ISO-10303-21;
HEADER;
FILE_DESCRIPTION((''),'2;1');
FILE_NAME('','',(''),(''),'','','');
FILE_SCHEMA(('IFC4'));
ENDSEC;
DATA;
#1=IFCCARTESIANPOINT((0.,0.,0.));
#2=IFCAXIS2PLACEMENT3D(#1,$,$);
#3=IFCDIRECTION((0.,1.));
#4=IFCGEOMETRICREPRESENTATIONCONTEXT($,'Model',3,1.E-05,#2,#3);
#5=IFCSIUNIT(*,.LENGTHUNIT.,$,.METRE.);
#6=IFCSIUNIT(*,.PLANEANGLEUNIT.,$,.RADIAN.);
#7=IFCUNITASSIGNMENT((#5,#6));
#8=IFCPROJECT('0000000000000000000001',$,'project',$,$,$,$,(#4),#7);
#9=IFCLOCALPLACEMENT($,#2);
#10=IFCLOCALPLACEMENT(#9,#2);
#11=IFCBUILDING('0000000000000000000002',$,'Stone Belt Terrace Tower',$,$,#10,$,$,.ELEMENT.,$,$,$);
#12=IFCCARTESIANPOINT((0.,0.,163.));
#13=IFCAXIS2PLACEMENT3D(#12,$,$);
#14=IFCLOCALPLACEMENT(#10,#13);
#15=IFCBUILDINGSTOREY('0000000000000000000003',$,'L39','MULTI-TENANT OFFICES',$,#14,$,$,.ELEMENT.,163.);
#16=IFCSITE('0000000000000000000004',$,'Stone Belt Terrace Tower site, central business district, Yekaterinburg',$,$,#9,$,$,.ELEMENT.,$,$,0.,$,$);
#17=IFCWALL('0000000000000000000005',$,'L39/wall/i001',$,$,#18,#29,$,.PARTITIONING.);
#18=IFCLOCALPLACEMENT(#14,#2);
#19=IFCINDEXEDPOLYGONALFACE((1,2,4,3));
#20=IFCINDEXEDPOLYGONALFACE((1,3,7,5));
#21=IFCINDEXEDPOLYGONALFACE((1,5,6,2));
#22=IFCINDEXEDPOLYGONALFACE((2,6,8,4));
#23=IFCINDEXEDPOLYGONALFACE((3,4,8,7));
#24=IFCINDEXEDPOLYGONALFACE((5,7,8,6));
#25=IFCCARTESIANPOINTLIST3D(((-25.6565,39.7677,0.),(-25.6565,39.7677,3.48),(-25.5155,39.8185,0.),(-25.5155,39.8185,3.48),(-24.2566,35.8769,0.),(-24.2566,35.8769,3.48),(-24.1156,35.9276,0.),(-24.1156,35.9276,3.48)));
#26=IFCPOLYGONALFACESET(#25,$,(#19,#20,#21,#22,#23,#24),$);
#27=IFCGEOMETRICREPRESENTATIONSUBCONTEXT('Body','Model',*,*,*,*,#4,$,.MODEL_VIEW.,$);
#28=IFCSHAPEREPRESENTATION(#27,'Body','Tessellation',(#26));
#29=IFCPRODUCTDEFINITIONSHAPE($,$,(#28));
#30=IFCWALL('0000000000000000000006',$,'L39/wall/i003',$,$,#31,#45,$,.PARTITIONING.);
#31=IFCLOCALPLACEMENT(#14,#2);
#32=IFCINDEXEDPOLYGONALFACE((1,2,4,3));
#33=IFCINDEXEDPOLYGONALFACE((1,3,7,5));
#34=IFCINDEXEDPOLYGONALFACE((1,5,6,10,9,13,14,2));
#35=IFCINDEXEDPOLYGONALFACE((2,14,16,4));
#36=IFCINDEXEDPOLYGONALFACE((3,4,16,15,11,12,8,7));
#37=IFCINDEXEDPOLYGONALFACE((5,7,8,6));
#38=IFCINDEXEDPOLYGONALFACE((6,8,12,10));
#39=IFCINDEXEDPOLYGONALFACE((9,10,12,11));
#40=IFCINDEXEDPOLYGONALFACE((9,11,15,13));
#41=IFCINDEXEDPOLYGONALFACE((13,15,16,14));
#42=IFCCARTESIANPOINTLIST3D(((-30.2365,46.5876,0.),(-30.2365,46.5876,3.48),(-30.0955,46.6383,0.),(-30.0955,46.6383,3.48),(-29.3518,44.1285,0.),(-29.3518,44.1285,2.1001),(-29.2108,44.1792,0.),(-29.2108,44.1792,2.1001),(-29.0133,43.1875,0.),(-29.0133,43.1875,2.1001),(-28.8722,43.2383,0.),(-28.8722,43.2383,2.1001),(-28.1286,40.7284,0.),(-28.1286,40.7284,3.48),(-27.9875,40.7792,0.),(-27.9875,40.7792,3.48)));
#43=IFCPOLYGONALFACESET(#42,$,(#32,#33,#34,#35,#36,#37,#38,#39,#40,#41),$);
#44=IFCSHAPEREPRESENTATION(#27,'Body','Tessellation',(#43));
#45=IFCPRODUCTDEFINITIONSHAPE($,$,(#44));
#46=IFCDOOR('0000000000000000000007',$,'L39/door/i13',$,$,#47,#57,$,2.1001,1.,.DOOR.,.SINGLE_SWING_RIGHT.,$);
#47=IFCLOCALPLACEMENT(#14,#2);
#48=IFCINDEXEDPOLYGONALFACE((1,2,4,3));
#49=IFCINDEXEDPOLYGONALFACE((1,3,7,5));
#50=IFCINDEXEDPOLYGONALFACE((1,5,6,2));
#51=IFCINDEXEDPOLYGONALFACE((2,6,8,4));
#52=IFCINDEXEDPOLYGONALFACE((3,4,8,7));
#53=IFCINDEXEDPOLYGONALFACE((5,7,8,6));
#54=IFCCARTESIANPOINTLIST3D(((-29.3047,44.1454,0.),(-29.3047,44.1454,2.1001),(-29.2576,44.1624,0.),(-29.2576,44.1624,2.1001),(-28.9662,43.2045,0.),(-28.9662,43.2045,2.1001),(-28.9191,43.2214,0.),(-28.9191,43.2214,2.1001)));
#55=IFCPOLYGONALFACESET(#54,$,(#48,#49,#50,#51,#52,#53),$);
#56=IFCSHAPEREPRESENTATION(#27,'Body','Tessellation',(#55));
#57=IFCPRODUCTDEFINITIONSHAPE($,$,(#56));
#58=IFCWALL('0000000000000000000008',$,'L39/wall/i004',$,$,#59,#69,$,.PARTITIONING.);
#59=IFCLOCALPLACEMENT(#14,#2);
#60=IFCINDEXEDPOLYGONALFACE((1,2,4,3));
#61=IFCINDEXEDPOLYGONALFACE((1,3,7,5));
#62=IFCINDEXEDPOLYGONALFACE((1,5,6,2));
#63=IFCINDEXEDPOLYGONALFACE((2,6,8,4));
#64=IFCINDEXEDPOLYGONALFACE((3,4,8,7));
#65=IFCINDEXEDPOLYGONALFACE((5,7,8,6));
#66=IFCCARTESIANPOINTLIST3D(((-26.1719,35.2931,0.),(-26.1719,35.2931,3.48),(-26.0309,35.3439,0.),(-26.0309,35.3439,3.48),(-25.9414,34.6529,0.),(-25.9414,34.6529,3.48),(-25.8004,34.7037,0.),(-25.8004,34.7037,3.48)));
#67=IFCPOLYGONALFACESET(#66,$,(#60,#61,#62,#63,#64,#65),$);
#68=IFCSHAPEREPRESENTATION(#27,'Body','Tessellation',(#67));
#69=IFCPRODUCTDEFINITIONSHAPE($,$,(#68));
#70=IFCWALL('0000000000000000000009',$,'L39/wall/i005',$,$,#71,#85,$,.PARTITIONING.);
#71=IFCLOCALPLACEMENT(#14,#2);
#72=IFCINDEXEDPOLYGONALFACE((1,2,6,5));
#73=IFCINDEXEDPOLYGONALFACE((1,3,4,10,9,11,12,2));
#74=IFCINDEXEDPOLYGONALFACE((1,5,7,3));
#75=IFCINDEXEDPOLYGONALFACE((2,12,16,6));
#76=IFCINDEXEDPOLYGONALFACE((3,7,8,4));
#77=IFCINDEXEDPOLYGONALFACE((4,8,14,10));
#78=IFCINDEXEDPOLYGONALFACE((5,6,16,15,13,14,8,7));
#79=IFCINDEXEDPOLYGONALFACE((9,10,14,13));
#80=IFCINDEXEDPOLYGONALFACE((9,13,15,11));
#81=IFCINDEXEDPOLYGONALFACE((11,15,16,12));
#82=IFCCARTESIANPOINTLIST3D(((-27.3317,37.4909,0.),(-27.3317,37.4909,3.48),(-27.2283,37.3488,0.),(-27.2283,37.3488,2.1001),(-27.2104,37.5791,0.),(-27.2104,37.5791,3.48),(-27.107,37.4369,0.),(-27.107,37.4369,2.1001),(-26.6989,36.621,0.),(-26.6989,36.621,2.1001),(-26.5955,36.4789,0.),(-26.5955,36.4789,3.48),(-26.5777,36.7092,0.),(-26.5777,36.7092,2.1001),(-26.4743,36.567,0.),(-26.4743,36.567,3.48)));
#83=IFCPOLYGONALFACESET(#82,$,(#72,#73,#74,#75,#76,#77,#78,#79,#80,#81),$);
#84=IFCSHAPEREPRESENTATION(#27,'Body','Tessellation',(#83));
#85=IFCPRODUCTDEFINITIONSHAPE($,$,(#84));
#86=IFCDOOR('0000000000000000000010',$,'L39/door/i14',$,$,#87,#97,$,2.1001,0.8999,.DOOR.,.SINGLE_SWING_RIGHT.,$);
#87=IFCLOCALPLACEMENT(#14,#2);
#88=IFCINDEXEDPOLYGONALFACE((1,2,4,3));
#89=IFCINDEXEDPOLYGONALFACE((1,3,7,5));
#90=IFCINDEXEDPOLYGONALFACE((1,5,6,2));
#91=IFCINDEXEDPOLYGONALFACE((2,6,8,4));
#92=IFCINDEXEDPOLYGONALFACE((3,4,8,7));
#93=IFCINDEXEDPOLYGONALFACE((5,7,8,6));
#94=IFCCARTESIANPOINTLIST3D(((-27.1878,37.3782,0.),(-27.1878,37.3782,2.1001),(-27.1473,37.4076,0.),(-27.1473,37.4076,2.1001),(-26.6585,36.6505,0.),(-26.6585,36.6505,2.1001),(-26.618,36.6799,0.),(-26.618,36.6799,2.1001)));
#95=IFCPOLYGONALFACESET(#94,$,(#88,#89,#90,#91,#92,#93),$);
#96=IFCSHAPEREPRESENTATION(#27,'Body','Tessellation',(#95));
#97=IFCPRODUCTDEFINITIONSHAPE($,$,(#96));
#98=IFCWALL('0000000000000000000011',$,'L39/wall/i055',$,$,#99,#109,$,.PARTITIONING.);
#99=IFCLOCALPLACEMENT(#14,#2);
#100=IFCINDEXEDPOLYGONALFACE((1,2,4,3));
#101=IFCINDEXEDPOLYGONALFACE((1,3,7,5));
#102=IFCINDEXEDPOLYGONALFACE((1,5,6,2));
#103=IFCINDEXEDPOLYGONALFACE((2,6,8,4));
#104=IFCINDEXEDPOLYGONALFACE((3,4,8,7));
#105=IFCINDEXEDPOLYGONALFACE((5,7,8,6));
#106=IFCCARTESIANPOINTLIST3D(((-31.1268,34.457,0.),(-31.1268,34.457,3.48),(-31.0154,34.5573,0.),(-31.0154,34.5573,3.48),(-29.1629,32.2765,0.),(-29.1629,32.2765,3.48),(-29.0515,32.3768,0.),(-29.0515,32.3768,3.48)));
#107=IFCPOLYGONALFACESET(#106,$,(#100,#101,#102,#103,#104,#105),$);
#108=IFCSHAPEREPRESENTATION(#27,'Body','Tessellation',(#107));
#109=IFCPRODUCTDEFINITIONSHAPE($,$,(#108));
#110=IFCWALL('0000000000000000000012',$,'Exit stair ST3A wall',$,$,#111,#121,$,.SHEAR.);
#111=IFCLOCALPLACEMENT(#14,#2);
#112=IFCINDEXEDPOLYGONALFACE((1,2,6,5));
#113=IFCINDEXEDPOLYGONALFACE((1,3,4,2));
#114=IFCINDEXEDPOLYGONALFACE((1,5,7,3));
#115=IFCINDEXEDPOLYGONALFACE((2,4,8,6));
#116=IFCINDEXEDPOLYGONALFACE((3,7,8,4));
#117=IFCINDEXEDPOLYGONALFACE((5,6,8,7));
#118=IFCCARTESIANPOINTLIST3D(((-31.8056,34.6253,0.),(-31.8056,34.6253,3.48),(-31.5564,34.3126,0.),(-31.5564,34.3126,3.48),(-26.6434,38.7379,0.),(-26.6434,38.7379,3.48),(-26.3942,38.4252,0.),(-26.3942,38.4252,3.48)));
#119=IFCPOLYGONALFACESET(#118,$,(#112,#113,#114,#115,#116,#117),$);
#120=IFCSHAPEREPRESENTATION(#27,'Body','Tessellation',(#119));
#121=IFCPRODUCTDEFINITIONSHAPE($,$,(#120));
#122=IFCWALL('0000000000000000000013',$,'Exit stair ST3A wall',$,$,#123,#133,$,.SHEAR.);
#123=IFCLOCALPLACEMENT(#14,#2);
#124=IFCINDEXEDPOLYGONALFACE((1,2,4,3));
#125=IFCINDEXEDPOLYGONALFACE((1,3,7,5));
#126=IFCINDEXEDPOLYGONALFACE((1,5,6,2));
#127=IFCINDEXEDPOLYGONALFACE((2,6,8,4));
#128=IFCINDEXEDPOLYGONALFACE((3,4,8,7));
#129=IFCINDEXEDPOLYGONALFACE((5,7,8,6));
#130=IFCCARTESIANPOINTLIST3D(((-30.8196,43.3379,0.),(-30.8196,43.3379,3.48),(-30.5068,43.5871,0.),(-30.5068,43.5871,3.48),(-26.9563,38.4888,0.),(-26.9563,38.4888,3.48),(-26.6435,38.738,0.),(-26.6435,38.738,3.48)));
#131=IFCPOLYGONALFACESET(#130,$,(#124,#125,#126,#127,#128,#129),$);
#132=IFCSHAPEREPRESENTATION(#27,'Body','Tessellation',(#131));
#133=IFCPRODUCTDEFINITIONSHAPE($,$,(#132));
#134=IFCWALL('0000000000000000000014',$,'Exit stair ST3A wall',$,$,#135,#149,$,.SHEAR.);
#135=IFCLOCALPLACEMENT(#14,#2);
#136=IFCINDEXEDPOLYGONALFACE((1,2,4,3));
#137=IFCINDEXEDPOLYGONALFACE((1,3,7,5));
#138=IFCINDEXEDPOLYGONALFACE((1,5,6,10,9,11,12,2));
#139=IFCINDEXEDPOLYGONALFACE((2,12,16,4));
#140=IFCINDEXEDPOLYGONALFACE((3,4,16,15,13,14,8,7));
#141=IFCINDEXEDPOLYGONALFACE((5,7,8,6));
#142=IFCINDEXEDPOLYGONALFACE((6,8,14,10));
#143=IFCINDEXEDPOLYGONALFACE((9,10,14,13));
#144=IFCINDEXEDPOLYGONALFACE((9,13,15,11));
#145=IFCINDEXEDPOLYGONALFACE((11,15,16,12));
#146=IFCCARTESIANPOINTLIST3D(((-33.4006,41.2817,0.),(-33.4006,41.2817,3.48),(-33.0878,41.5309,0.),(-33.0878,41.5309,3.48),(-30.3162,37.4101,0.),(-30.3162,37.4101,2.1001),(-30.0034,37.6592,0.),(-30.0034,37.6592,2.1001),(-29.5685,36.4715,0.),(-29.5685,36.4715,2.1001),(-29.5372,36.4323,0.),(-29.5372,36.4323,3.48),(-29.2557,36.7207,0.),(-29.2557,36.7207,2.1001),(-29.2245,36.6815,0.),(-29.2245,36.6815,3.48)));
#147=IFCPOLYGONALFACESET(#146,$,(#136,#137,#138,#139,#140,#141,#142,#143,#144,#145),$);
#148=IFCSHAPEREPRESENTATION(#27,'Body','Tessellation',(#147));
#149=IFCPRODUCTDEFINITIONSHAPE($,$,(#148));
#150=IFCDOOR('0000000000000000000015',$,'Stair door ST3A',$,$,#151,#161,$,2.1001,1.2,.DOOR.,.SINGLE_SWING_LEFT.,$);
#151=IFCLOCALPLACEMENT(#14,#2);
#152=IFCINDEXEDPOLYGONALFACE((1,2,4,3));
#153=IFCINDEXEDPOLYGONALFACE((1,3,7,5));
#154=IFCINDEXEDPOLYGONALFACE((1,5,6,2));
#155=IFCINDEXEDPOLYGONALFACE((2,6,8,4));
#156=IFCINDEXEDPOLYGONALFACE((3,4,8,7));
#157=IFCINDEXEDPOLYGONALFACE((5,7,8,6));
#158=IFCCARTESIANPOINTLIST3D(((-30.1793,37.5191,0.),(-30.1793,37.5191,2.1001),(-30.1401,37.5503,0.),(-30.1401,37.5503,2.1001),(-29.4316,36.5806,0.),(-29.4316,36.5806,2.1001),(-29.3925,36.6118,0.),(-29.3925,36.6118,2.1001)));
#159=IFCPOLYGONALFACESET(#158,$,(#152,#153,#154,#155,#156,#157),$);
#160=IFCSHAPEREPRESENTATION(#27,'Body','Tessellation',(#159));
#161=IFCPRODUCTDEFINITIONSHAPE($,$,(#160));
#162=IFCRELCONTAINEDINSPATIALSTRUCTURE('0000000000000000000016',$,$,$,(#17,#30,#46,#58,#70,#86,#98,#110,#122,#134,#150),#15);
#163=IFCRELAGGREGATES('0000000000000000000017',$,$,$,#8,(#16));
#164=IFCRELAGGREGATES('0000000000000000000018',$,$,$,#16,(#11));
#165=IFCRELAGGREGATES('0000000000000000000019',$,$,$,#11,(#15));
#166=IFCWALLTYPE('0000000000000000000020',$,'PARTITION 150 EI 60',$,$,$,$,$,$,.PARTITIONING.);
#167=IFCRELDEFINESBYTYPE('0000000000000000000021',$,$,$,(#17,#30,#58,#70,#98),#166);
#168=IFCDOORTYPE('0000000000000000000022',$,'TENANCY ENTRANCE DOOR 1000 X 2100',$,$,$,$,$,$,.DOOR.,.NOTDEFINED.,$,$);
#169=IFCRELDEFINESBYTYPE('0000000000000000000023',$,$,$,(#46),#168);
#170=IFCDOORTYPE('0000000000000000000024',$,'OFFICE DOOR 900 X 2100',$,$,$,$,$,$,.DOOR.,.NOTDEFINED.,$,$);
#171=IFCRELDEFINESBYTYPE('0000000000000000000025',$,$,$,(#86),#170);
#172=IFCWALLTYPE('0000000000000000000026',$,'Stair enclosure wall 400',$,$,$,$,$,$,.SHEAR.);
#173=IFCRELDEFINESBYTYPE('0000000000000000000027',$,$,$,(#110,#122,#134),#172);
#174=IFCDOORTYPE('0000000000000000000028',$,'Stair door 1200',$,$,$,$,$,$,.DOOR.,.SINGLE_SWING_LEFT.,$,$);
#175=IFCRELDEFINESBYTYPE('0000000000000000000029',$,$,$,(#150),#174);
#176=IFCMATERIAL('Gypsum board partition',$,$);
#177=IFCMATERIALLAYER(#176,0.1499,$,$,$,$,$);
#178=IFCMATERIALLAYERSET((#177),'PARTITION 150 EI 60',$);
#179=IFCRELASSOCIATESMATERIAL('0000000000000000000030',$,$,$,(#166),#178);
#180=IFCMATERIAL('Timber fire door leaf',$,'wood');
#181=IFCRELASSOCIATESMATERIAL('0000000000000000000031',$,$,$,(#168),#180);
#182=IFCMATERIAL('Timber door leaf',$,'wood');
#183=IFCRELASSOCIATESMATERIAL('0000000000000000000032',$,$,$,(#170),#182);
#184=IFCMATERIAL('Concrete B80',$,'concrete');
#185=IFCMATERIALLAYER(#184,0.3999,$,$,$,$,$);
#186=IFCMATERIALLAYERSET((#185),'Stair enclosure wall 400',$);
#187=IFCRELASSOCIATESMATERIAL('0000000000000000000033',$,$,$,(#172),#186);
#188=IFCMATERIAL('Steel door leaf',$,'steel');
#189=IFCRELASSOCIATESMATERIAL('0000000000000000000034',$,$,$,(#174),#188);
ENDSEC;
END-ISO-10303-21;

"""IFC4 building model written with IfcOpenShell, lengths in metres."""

from ifc_helpers import new_model, si_unit, direction, frame, frame_2d, origin, place, context, subcontext, project, spatial, rectangle, extrude, material, layer, layer_set, type_object, element, fill, save


model = new_model("IFC4")

# Units and contexts
model_context = context("Model", 3, precision=1e-05, world=origin(), true_north=direction((0.0, 1.0)))
body_context = subcontext(model_context, "Body", "Model", "MODEL_VIEW")
ifc_project = project(units=[si_unit("LENGTHUNIT", "METRE"), si_unit("PLANEANGLEUNIT", "RADIAN")], contexts=[model_context])

# Site, building, storey
site_placement = place(None, origin())
site = spatial("IfcSite", under=ifc_project, at=site_placement, Name="Stone Belt Terrace Tower site, central business district, Yekaterinburg", CompositionType="ELEMENT", RefElevation=0.0)
building_placement = place(site_placement, origin())
building = spatial("IfcBuilding", under=site, at=building_placement, Name="Stone Belt Terrace Tower", CompositionType="ELEMENT")
storey_placement = place(building_placement, frame((0.0, 0.0, 163.0)))
storey = spatial("IfcBuildingStorey", under=building, at=storey_placement, Name="L39", Description="MULTI-TENANT OFFICES", CompositionType="ELEMENT", Elevation=163.0)

# Shared definitions
ifc_material_1 = material(Name="Concrete B80", Category="concrete")

# Wall
ifc_material_2 = material(Name="Gypsum board partition")
ifc_layer_1 = layer(ifc_material_2, 0.1499)
ifc_layer_set_1 = layer_set([ifc_layer_1], Name="PARTITION 150 EI 60")
wall_type_1 = type_object("IfcWallType", Name="PARTITION 150 EI 60", PredefinedType="PARTITIONING", material=ifc_layer_set_1)
wall_1_placement = place(storey_placement, frame((-25.5859, 39.793, 0.0), z_axis=(0.0, 0.0, 1.0), x_axis=(0.338546, -0.94095, 0.0)))
element("IfcWall", 1, at=wall_1_placement, inside=storey, type_object=wall_type_1, Name="L39/wall/i001", PredefinedType="PARTITIONING", context=body_context, shape_type="SweptSolid", body=[
    extrude(rectangle(XDim=4.135, YDim=0.1499, at=frame_2d((2.0674, 0.0))), origin(), (0.0, 0.0, 1.0), 3.48),
])

# Wall, opening, door
wall_2_placement = place(storey_placement, frame((-28.0581, 40.7539, 0.0), z_axis=(0.0, 0.0, 1.0), x_axis=(-0.338524, 0.940958, 0.0)))
wall_2 = element("IfcWall", 2, at=wall_2_placement, inside=storey, type_object=wall_type_1, Name="L39/wall/i003", PredefinedType="PARTITIONING", context=body_context, shape_type="SweptSolid", body=[
    extrude(rectangle(XDim=6.2268, YDim=0.1499, at=frame_2d((3.1133, 0.0))), origin(), (0.0, 0.0, 1.0), 3.48),
])
opening_1_placement = place(wall_2_placement, frame((2.6133, 0.0, 0.0)))
opening_1 = element("IfcOpeningElement", 3, at=opening_1_placement, cuts=wall_2, PredefinedType="OPENING", context=body_context, shape_type="SweptSolid", body=[
    extrude(rectangle(XDim=1.0, YDim=2.1001, at=frame_2d((0.5, 1.05))), frame((0.0, 0.085, 0.0), z_axis=(0.0, -1.0, 0.0), x_axis=(1.0, 0.0, 0.0)), (0.0, 0.0, 1.0), 0.1699),
])
ifc_material_3 = material(Name="Timber fire door leaf", Category="wood")
door_type_1 = type_object("IfcDoorType", Name="TENANCY ENTRANCE DOOR 1000 X 2100", OperationType="NOTDEFINED", PredefinedType="DOOR", material=ifc_material_3)
door_1_placement = place(opening_1_placement, origin())
door_1 = element("IfcDoor", 4, at=door_1_placement, inside=storey, type_object=door_type_1, Name="L39/door/i13", OperationType="SINGLE_SWING_RIGHT", OverallHeight=2.1001, OverallWidth=1.0, PredefinedType="DOOR", context=body_context, shape_type="SweptSolid", body=[
    extrude(rectangle(XDim=1.0, YDim=2.1001, at=frame_2d((0.5, 1.05))), frame((0.0, 0.0249, 0.0), z_axis=(0.0, -1.0, 0.0), x_axis=(1.0, 0.0, 0.0)), (0.0, 0.0, 1.0), 0.05),
])
fill(opening_1, door_1)

# Wall
wall_3_placement = place(storey_placement, frame((-25.8708, 34.6782, 0.0), z_axis=(0.0, 0.0, 1.0), x_axis=(-0.338745, 0.940878, 0.0)))
element("IfcWall", 5, at=wall_3_placement, inside=storey, type_object=wall_type_1, Name="L39/wall/i004", PredefinedType="PARTITIONING", context=body_context, shape_type="SweptSolid", body=[
    extrude(rectangle(XDim=0.6804, YDim=0.1499, at=frame_2d((0.3403, 0.0))), origin(), (0.0, 0.0, 1.0), 3.48),
])

# Wall, opening, door
wall_4_placement = place(storey_placement, frame((-26.5349, 36.5229, 0.0), z_axis=(0.0, 0.0, 1.0), x_axis=(-0.58823, 0.808694, 0.0)))
wall_4 = element("IfcWall", 6, at=wall_4_placement, inside=storey, type_object=wall_type_1, Name="L39/wall/i005", PredefinedType="PARTITIONING", context=body_context, shape_type="SweptSolid", body=[
    extrude(rectangle(XDim=1.2515, YDim=0.1499, at=frame_2d((0.6257, 0.0))), origin(), (0.0, 0.0, 1.0), 3.48),
])
opening_2_placement = place(wall_4_placement, frame((0.1758, 0.0, 0.0)))
opening_2 = element("IfcOpeningElement", 7, at=opening_2_placement, cuts=wall_4, PredefinedType="OPENING", context=body_context, shape_type="SweptSolid", body=[
    extrude(rectangle(XDim=0.8999, YDim=2.1001, at=frame_2d((0.45, 1.05))), frame((0.0, 0.085, 0.0), z_axis=(0.0, -1.0, 0.0), x_axis=(1.0, 0.0, 0.0)), (0.0, 0.0, 1.0), 0.1699),
])
ifc_material_4 = material(Name="Timber door leaf", Category="wood")
door_type_2 = type_object("IfcDoorType", Name="OFFICE DOOR 900 X 2100", OperationType="NOTDEFINED", PredefinedType="DOOR", material=ifc_material_4)
door_2_placement = place(opening_2_placement, origin())
door_2 = element("IfcDoor", 8, at=door_2_placement, inside=storey, type_object=door_type_2, Name="L39/door/i14", OperationType="SINGLE_SWING_RIGHT", OverallHeight=2.1001, OverallWidth=0.8999, PredefinedType="DOOR", context=body_context, shape_type="SweptSolid", body=[
    extrude(rectangle(XDim=0.8999, YDim=2.1001, at=frame_2d((0.45, 1.05))), frame((0.0, 0.0249, 0.0), z_axis=(0.0, -1.0, 0.0), x_axis=(1.0, 0.0, 0.0)), (0.0, 0.0, 1.0), 0.05),
])
fill(opening_2, door_2)

# Walls
wall_5_placement = place(storey_placement, frame((-29.1072, 32.3267, 0.0), z_axis=(0.0, 0.0, 1.0), x_axis=(-0.669245, 0.743042, 0.0)))
element("IfcWall", 9, at=wall_5_placement, inside=storey, type_object=wall_type_1, Name="L39/wall/i055", PredefinedType="PARTITIONING", context=body_context, shape_type="SweptSolid", body=[
    extrude(rectangle(XDim=2.9346, YDim=0.1499, at=frame_2d((1.4673, 0.0))), origin(), (0.0, 0.0, 1.0), 3.48),
])
ifc_layer_2 = layer(ifc_material_1, 0.3999)
ifc_layer_set_2 = layer_set([ifc_layer_2], Name="Stair enclosure wall 400")
wall_type_2 = type_object("IfcWallType", Name="Stair enclosure wall 400", PredefinedType="SHEAR", material=ifc_layer_set_2)
wall_6_placement = place(storey_placement, frame((-26.5188, 38.5815, 0.0), z_axis=(0.0, 0.0, 1.0), x_axis=(-0.782134, -0.62311, 0.0)))
element("IfcWall", 10, at=wall_6_placement, inside=storey, type_object=wall_type_2, Name="Exit stair ST3A wall", PredefinedType="SHEAR", context=body_context, shape_type="SweptSolid", body=[
    extrude(rectangle(XDim=6.6001, YDim=0.3999, at=frame_2d((3.3, 0.0))), origin(), (0.0, 0.0, 1.0), 3.48),
])
wall_7_placement = place(storey_placement, frame((-26.7998, 38.6133, 0.0), z_axis=(0.0, 0.0, 1.0), x_axis=(-0.623119, 0.782127, 0.0)))
element("IfcWall", 11, at=wall_7_placement, inside=storey, type_object=wall_type_2, Name="Exit stair ST3A wall", PredefinedType="SHEAR", context=body_context, shape_type="SweptSolid", body=[
    extrude(rectangle(XDim=6.2, YDim=0.3999, at=frame_2d((3.1001, 0.0))), origin(), (0.0, 0.0, 1.0), 3.48),
])

# Wall, opening, door
wall_8_placement = place(storey_placement, frame((-29.3809, 36.5569, 0.0), z_axis=(0.0, 0.0, 1.0), x_axis=(-0.623099, 0.782143, 0.0)))
wall_8 = element("IfcWall", 12, at=wall_8_placement, inside=storey, type_object=wall_type_2, Name="Exit stair ST3A wall", PredefinedType="SHEAR", context=body_context, shape_type="SweptSolid", body=[
    extrude(rectangle(XDim=6.2002, YDim=0.3999, at=frame_2d((3.1001, 0.0))), origin(), (0.0, 0.0, 1.0), 3.48),
])
opening_3_placement = place(wall_8_placement, frame((0.05, 0.0, 0.0)))
opening_3 = element("IfcOpeningElement", 13, at=opening_3_placement, cuts=wall_8, PredefinedType="OPENING", context=body_context, shape_type="SweptSolid", body=[
    extrude(rectangle(XDim=1.2, YDim=2.1001, at=frame_2d((0.6001, 1.05))), frame((0.0, 0.21, 0.0), z_axis=(0.0, -1.0, 0.0), x_axis=(1.0, 0.0, 0.0)), (0.0, 0.0, 1.0), 0.4199),
])
ifc_material_5 = material(Name="Steel door leaf", Category="steel")
door_type_3 = type_object("IfcDoorType", Name="Stair door 1200", OperationType="SINGLE_SWING_LEFT", PredefinedType="DOOR", material=ifc_material_5)
door_3_placement = place(opening_3_placement, origin())
door_3 = element("IfcDoor", 14, at=door_3_placement, inside=storey, type_object=door_type_3, Name="Stair door ST3A", OperationType="SINGLE_SWING_LEFT", OverallHeight=2.1001, OverallWidth=1.2, PredefinedType="DOOR", context=body_context, shape_type="SweptSolid", body=[
    extrude(rectangle(XDim=1.2, YDim=2.1001, at=frame_2d((0.6001, 1.05))), frame((0.0, 0.0249, 0.0), z_axis=(0.0, -1.0, 0.0), x_axis=(1.0, 0.0, 0.0)), (0.0, 0.0, 1.0), 0.05),
])
fill(opening_3, door_3)

save(model, "model.ifc")
